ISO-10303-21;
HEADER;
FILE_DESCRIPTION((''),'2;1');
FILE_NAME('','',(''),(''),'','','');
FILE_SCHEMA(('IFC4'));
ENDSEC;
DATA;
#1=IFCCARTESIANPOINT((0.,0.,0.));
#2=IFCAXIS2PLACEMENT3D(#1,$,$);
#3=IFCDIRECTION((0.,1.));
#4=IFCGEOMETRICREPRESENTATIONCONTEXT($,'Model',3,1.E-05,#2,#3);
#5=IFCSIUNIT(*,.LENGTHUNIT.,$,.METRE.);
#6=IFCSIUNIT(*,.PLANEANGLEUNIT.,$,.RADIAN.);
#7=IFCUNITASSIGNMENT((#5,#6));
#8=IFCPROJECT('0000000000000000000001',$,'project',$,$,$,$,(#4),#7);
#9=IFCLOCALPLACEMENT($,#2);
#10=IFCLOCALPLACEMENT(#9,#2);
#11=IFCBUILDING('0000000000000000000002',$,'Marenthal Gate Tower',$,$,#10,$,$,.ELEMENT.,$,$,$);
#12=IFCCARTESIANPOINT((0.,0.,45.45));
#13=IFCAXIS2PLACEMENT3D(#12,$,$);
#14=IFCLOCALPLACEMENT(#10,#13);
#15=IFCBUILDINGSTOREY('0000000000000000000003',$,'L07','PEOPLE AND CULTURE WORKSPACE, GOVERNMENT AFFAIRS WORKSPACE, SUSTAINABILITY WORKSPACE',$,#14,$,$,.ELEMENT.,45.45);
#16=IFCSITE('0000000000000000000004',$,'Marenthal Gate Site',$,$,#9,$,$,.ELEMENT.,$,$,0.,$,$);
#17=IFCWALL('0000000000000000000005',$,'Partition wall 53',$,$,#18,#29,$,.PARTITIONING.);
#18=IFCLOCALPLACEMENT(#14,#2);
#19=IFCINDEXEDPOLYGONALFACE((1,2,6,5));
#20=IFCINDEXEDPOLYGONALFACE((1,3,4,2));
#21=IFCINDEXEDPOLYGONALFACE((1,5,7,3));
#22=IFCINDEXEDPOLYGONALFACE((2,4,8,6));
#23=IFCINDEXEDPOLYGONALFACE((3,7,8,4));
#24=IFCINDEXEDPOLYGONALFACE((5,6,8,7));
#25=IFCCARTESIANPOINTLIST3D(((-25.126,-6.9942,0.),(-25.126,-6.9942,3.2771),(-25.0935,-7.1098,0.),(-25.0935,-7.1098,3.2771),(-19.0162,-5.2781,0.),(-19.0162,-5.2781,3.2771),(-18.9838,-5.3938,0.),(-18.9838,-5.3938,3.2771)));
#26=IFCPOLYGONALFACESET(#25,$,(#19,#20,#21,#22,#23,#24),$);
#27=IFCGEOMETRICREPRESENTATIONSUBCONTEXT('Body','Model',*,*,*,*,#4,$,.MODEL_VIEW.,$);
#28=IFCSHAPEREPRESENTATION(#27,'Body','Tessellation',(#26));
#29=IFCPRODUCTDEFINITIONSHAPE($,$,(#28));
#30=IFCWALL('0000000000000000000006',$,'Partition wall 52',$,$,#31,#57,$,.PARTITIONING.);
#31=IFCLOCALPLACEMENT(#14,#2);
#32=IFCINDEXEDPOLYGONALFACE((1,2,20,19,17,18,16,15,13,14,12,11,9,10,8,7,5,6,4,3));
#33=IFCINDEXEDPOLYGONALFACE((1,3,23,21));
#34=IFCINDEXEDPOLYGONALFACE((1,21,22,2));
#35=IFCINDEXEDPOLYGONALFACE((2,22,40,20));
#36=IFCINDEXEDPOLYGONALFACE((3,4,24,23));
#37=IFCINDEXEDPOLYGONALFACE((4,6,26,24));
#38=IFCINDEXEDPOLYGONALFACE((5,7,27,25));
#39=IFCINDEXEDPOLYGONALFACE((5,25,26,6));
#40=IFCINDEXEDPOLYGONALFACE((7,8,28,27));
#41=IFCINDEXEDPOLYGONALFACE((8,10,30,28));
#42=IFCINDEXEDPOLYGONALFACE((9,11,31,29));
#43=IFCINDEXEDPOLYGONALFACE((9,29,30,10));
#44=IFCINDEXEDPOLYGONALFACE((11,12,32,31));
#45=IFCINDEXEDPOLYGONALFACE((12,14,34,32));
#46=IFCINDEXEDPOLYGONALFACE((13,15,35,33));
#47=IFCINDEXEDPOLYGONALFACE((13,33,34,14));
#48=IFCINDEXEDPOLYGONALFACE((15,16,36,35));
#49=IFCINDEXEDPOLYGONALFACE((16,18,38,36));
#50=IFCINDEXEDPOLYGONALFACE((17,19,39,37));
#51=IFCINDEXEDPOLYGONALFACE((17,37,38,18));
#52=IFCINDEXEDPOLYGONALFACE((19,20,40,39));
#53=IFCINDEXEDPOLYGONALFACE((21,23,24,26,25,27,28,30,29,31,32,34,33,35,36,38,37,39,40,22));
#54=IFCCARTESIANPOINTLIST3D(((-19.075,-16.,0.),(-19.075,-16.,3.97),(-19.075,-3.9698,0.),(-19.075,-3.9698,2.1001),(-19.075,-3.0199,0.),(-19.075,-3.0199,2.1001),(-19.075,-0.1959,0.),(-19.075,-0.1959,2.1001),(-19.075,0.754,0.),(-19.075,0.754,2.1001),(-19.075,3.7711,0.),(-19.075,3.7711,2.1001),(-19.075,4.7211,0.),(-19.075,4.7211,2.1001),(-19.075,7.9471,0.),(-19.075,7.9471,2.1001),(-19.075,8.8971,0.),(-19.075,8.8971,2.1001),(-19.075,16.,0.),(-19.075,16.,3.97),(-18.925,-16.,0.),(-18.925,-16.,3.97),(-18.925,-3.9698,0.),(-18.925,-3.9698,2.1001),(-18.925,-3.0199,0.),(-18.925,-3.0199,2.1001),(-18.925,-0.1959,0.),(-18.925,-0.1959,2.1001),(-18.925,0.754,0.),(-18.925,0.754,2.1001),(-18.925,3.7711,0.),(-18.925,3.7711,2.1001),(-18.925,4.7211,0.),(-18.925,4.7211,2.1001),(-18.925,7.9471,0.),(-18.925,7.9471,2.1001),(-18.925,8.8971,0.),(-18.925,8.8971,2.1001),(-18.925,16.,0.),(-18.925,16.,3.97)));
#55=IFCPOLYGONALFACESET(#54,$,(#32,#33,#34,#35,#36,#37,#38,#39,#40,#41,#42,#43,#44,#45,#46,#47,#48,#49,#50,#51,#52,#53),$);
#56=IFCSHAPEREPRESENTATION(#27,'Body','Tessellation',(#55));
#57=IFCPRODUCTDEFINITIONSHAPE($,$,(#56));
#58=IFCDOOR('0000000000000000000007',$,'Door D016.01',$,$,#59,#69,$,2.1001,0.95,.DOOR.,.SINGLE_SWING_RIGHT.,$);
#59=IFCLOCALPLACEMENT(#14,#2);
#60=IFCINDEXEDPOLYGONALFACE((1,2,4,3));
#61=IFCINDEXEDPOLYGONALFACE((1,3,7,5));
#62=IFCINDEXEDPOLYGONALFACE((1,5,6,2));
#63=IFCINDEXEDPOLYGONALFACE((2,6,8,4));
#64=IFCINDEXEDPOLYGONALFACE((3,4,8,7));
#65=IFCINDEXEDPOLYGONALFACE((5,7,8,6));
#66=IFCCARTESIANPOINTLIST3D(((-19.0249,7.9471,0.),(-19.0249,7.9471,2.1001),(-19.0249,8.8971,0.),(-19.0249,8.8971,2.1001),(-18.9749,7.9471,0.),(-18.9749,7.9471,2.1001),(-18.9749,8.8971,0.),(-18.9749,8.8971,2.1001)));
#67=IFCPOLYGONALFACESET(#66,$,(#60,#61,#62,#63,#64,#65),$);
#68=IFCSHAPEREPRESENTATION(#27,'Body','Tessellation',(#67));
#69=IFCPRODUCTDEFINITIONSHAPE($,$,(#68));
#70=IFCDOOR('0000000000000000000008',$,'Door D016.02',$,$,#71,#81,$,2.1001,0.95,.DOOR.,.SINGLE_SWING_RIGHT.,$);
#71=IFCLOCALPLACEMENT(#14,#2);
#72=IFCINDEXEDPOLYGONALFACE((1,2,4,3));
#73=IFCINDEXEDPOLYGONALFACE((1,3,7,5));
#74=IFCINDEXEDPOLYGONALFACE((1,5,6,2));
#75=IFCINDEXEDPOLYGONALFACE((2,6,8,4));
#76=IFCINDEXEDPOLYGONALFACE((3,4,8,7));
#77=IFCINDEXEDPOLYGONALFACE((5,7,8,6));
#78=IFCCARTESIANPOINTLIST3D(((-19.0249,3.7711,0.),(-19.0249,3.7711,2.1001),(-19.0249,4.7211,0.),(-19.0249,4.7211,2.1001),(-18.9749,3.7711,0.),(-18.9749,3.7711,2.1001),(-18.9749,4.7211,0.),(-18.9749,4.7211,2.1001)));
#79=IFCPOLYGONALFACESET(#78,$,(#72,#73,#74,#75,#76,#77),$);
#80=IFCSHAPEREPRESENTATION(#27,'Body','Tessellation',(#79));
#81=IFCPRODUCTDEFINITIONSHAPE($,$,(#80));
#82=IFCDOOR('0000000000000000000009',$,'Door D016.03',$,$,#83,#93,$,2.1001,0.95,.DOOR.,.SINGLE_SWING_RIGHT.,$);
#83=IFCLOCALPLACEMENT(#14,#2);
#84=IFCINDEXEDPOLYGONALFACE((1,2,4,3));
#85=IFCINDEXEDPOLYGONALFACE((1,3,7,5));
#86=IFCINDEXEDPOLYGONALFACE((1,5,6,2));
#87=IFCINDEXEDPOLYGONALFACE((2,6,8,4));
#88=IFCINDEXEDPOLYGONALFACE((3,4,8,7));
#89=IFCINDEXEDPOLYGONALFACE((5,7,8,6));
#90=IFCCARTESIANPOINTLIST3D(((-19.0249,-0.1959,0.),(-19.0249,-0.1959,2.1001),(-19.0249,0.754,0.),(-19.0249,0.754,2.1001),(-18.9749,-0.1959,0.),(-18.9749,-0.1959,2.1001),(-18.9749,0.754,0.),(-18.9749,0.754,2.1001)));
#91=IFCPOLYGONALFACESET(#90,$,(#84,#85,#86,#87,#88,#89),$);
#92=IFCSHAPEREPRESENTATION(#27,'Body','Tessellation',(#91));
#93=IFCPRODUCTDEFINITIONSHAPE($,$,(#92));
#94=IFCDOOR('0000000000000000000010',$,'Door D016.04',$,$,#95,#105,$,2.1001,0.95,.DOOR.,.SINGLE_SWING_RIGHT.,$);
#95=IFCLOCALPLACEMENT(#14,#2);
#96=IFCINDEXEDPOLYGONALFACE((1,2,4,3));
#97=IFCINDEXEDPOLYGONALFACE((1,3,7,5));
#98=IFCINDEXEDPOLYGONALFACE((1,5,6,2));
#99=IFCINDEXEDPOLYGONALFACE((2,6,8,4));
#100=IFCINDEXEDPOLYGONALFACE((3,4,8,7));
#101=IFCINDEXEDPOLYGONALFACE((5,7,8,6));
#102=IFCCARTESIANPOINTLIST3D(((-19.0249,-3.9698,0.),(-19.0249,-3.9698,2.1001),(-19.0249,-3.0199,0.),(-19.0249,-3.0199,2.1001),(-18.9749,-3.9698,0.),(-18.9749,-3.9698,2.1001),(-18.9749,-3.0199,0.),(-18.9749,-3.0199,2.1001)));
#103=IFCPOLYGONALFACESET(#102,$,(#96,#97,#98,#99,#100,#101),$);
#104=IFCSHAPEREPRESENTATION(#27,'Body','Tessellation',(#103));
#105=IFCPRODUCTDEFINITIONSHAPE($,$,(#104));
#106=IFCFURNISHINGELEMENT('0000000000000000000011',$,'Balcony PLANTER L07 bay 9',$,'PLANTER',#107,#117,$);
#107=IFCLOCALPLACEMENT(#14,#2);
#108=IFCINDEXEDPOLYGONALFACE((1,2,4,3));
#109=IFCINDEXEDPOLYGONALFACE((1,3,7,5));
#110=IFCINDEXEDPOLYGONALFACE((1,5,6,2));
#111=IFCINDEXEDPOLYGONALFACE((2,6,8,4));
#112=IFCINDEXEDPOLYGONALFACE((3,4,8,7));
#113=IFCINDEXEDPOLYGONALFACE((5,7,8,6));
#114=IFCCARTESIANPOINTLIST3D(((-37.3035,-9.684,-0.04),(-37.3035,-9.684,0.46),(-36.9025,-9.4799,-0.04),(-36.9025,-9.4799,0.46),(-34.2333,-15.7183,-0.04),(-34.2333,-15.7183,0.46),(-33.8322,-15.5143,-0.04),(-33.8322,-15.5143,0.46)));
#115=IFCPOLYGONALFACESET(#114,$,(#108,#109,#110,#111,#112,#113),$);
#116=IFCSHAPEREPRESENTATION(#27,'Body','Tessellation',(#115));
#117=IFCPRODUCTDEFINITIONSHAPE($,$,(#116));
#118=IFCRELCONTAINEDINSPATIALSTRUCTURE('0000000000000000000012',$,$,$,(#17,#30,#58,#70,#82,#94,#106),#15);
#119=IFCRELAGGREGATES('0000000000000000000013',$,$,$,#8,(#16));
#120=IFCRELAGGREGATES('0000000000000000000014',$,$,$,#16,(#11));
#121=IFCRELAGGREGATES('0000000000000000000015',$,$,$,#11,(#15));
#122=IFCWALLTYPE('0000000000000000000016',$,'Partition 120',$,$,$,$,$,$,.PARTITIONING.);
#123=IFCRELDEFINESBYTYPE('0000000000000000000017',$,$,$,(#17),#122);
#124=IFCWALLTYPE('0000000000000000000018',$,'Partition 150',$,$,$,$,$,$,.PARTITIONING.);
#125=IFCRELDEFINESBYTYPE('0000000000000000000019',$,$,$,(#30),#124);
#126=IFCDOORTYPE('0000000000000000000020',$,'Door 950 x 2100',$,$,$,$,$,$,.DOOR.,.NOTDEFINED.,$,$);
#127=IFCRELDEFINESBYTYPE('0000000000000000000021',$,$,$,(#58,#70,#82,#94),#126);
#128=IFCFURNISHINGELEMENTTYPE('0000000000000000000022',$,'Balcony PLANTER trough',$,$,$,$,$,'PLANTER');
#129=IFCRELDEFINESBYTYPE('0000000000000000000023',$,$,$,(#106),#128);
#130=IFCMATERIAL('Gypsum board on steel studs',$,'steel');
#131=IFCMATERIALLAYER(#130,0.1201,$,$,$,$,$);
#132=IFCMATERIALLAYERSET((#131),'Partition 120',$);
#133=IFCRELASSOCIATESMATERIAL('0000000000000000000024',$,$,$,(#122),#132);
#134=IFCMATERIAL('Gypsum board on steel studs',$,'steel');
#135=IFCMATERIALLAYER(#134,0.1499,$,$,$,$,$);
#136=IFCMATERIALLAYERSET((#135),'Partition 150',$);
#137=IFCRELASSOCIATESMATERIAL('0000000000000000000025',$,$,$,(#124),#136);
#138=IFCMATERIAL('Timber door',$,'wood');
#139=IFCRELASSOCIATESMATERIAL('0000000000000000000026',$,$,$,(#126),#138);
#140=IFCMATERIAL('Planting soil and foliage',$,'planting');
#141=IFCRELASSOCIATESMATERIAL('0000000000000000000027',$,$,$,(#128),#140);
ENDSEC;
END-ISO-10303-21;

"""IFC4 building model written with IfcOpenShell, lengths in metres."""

from ifc_helpers import new_model, si_unit, direction, frame, frame_2d, origin, origin_2d, place, context, subcontext, project, spatial, rectangle, extrude, material, layer, layer_set, type_object, element, fill, save


model = new_model("IFC4")

# Units and contexts
model_context = context("Model", 3, precision=1e-05, world=origin(), true_north=direction((0.0, 1.0)))
body_context = subcontext(model_context, "Body", "Model", "MODEL_VIEW")
ifc_project = project(units=[si_unit("LENGTHUNIT", "METRE"), si_unit("PLANEANGLEUNIT", "RADIAN")], contexts=[model_context])

# Site, building, storey
site_placement = place(None, origin())
site = spatial("IfcSite", under=ifc_project, at=site_placement, Name="Marenthal Gate Site", CompositionType="ELEMENT", RefElevation=0.0)
building_placement = place(site_placement, origin())
building = spatial("IfcBuilding", under=site, at=building_placement, Name="Marenthal Gate Tower", CompositionType="ELEMENT")
storey_placement = place(building_placement, frame((0.0, 0.0, 45.45)))
storey = spatial("IfcBuildingStorey", under=building, at=storey_placement, Name="L07", Description="PEOPLE AND CULTURE WORKSPACE, GOVERNMENT AFFAIRS WORKSPACE, SUSTAINABILITY WORKSPACE", CompositionType="ELEMENT", Elevation=45.45)

# Wall
ifc_material_1 = material(Name="Gypsum board on steel studs", Category="steel")
ifc_layer_1 = layer(ifc_material_1, 0.1201)
ifc_layer_set_1 = layer_set([ifc_layer_1], Name="Partition 120")
wall_type_1 = type_object("IfcWallType", Name="Partition 120", PredefinedType="PARTITIONING", material=ifc_layer_set_1)
wall_1_placement = place(storey_placement, frame((-19.0, -5.3359, 0.0), z_axis=(0.0, 0.0, 1.0), x_axis=(-0.962747, -0.270405, 0.0)))
element("IfcWall", 1, at=wall_1_placement, inside=storey, type_object=wall_type_1, Name="Partition wall 53", PredefinedType="PARTITIONING", context=body_context, shape_type="SweptSolid", body=[
    extrude(rectangle(XDim=6.3462, YDim=0.1201, at=frame_2d((3.1731, 0.0))), origin(), (0.0, 0.0, 1.0), 3.2771),
])

# Wall, openings, doors
ifc_material_2 = material(Name="Gypsum board on steel studs", Category="steel")
ifc_layer_2 = layer(ifc_material_2, 0.1499)
ifc_layer_set_2 = layer_set([ifc_layer_2], Name="Partition 150")
wall_type_2 = type_object("IfcWallType", Name="Partition 150", PredefinedType="PARTITIONING", material=ifc_layer_set_2)
wall_2_placement = place(storey_placement, frame((-19.0, -16.0, 0.0), z_axis=(0.0, 0.0, 1.0), x_axis=(0.0, 1.0, 0.0)))
wall_2 = element("IfcWall", 2, at=wall_2_placement, inside=storey, type_object=wall_type_2, Name="Partition wall 52", PredefinedType="PARTITIONING", context=body_context, shape_type="SweptSolid", body=[
    extrude(rectangle(XDim=32.0, YDim=0.1499, at=frame_2d((16.0, 0.0))), origin(), (0.0, 0.0, 1.0), 3.97),
])
opening_1_placement = place(wall_2_placement, frame((23.947, 0.0, 0.0)))
opening_1 = element("IfcOpeningElement", 3, at=opening_1_placement, cuts=wall_2, PredefinedType="OPENING", context=body_context, shape_type="SweptSolid", body=[
    extrude(rectangle(XDim=0.95, YDim=2.1001, at=frame_2d((0.4751, 1.05))), frame((0.0, 0.085, 0.0), z_axis=(0.0, -1.0, 0.0), x_axis=(1.0, 0.0, 0.0)), (0.0, 0.0, 1.0), 0.1699),
])
opening_2_placement = place(wall_2_placement, frame((19.771, 0.0, 0.0)))
opening_2 = element("IfcOpeningElement", 4, at=opening_2_placement, cuts=wall_2, PredefinedType="OPENING", context=body_context, shape_type="SweptSolid", body=[
    extrude(rectangle(XDim=0.95, YDim=2.1001, at=frame_2d((0.4751, 1.05))), frame((0.0, 0.085, 0.0), z_axis=(0.0, -1.0, 0.0), x_axis=(1.0, 0.0, 0.0)), (0.0, 0.0, 1.0), 0.1699),
])
opening_3_placement = place(wall_2_placement, frame((15.804, 0.0, 0.0)))
opening_3 = element("IfcOpeningElement", 5, at=opening_3_placement, cuts=wall_2, PredefinedType="OPENING", context=body_context, shape_type="SweptSolid", body=[
    extrude(rectangle(XDim=0.95, YDim=2.1001, at=frame_2d((0.4751, 1.05))), frame((0.0, 0.085, 0.0), z_axis=(0.0, -1.0, 0.0), x_axis=(1.0, 0.0, 0.0)), (0.0, 0.0, 1.0), 0.1699),
])
opening_4_placement = place(wall_2_placement, frame((12.03, 0.0, 0.0)))
opening_4 = element("IfcOpeningElement", 6, at=opening_4_placement, cuts=wall_2, PredefinedType="OPENING", context=body_context, shape_type="SweptSolid", body=[
    extrude(rectangle(XDim=0.95, YDim=2.1001, at=frame_2d((0.4751, 1.05))), frame((0.0, 0.085, 0.0), z_axis=(0.0, -1.0, 0.0), x_axis=(1.0, 0.0, 0.0)), (0.0, 0.0, 1.0), 0.1699),
])
ifc_material_3 = material(Name="Timber door", Category="wood")
door_type_1 = type_object("IfcDoorType", Name="Door 950 x 2100", OperationType="NOTDEFINED", PredefinedType="DOOR", material=ifc_material_3)
door_1_placement = place(opening_1_placement, origin())
door_1 = element("IfcDoor", 7, at=door_1_placement, inside=storey, type_object=door_type_1, Name="Door D016.01", OperationType="SINGLE_SWING_RIGHT", OverallHeight=2.1001, OverallWidth=0.95, PredefinedType="DOOR", context=body_context, shape_type="SweptSolid", body=[
    extrude(rectangle(XDim=0.95, YDim=2.1001, at=frame_2d((0.4751, 1.05))), frame((0.0, 0.0249, 0.0), z_axis=(0.0, -1.0, 0.0), x_axis=(1.0, 0.0, 0.0)), (0.0, 0.0, 1.0), 0.05),
])
fill(opening_1, door_1)
door_2_placement = place(opening_2_placement, origin())
door_2 = element("IfcDoor", 8, at=door_2_placement, inside=storey, type_object=door_type_1, Name="Door D016.02", OperationType="SINGLE_SWING_RIGHT", OverallHeight=2.1001, OverallWidth=0.95, PredefinedType="DOOR", context=body_context, shape_type="SweptSolid", body=[
    extrude(rectangle(XDim=0.95, YDim=2.1001, at=frame_2d((0.4751, 1.05))), frame((0.0, 0.0249, 0.0), z_axis=(0.0, -1.0, 0.0), x_axis=(1.0, 0.0, 0.0)), (0.0, 0.0, 1.0), 0.05),
])
fill(opening_2, door_2)
door_3_placement = place(opening_3_placement, origin())
door_3 = element("IfcDoor", 9, at=door_3_placement, inside=storey, type_object=door_type_1, Name="Door D016.03", OperationType="SINGLE_SWING_RIGHT", OverallHeight=2.1001, OverallWidth=0.95, PredefinedType="DOOR", context=body_context, shape_type="SweptSolid", body=[
    extrude(rectangle(XDim=0.95, YDim=2.1001, at=frame_2d((0.4751, 1.05))), frame((0.0, 0.0249, 0.0), z_axis=(0.0, -1.0, 0.0), x_axis=(1.0, 0.0, 0.0)), (0.0, 0.0, 1.0), 0.05),
])
fill(opening_3, door_3)
door_4_placement = place(opening_4_placement, origin())
door_4 = element("IfcDoor", 10, at=door_4_placement, inside=storey, type_object=door_type_1, Name="Door D016.04", OperationType="SINGLE_SWING_RIGHT", OverallHeight=2.1001, OverallWidth=0.95, PredefinedType="DOOR", context=body_context, shape_type="SweptSolid", body=[
    extrude(rectangle(XDim=0.95, YDim=2.1001, at=frame_2d((0.4751, 1.05))), frame((0.0, 0.0249, 0.0), z_axis=(0.0, -1.0, 0.0), x_axis=(1.0, 0.0, 0.0)), (0.0, 0.0, 1.0), 0.05),
])
fill(opening_4, door_4)

# Furnishing element
ifc_material_4 = material(Name="Planting soil and foliage", Category="planting")
furnishing_element_type = type_object("IfcFurnishingElementType", Name="Balcony PLANTER trough", ElementType="PLANTER", material=ifc_material_4)
furnishing_placement = place(storey_placement, frame((-35.5679, -12.5991, -0.04), z_axis=(0.0, 0.0, 1.0), x_axis=(0.453476, -0.891269, 0.0)))
element("IfcFurnishingElement", 11, at=furnishing_placement, inside=storey, type_object=furnishing_element_type, Name="Balcony PLANTER L07 bay 9", ObjectType="PLANTER", context=body_context, shape_type="SweptSolid", body=[
    extrude(rectangle(XDim=6.7705, YDim=0.45, at=origin_2d()), origin(), (0.0, 0.0, 1.0), 0.5),
])

save(model, "model.ifc")
